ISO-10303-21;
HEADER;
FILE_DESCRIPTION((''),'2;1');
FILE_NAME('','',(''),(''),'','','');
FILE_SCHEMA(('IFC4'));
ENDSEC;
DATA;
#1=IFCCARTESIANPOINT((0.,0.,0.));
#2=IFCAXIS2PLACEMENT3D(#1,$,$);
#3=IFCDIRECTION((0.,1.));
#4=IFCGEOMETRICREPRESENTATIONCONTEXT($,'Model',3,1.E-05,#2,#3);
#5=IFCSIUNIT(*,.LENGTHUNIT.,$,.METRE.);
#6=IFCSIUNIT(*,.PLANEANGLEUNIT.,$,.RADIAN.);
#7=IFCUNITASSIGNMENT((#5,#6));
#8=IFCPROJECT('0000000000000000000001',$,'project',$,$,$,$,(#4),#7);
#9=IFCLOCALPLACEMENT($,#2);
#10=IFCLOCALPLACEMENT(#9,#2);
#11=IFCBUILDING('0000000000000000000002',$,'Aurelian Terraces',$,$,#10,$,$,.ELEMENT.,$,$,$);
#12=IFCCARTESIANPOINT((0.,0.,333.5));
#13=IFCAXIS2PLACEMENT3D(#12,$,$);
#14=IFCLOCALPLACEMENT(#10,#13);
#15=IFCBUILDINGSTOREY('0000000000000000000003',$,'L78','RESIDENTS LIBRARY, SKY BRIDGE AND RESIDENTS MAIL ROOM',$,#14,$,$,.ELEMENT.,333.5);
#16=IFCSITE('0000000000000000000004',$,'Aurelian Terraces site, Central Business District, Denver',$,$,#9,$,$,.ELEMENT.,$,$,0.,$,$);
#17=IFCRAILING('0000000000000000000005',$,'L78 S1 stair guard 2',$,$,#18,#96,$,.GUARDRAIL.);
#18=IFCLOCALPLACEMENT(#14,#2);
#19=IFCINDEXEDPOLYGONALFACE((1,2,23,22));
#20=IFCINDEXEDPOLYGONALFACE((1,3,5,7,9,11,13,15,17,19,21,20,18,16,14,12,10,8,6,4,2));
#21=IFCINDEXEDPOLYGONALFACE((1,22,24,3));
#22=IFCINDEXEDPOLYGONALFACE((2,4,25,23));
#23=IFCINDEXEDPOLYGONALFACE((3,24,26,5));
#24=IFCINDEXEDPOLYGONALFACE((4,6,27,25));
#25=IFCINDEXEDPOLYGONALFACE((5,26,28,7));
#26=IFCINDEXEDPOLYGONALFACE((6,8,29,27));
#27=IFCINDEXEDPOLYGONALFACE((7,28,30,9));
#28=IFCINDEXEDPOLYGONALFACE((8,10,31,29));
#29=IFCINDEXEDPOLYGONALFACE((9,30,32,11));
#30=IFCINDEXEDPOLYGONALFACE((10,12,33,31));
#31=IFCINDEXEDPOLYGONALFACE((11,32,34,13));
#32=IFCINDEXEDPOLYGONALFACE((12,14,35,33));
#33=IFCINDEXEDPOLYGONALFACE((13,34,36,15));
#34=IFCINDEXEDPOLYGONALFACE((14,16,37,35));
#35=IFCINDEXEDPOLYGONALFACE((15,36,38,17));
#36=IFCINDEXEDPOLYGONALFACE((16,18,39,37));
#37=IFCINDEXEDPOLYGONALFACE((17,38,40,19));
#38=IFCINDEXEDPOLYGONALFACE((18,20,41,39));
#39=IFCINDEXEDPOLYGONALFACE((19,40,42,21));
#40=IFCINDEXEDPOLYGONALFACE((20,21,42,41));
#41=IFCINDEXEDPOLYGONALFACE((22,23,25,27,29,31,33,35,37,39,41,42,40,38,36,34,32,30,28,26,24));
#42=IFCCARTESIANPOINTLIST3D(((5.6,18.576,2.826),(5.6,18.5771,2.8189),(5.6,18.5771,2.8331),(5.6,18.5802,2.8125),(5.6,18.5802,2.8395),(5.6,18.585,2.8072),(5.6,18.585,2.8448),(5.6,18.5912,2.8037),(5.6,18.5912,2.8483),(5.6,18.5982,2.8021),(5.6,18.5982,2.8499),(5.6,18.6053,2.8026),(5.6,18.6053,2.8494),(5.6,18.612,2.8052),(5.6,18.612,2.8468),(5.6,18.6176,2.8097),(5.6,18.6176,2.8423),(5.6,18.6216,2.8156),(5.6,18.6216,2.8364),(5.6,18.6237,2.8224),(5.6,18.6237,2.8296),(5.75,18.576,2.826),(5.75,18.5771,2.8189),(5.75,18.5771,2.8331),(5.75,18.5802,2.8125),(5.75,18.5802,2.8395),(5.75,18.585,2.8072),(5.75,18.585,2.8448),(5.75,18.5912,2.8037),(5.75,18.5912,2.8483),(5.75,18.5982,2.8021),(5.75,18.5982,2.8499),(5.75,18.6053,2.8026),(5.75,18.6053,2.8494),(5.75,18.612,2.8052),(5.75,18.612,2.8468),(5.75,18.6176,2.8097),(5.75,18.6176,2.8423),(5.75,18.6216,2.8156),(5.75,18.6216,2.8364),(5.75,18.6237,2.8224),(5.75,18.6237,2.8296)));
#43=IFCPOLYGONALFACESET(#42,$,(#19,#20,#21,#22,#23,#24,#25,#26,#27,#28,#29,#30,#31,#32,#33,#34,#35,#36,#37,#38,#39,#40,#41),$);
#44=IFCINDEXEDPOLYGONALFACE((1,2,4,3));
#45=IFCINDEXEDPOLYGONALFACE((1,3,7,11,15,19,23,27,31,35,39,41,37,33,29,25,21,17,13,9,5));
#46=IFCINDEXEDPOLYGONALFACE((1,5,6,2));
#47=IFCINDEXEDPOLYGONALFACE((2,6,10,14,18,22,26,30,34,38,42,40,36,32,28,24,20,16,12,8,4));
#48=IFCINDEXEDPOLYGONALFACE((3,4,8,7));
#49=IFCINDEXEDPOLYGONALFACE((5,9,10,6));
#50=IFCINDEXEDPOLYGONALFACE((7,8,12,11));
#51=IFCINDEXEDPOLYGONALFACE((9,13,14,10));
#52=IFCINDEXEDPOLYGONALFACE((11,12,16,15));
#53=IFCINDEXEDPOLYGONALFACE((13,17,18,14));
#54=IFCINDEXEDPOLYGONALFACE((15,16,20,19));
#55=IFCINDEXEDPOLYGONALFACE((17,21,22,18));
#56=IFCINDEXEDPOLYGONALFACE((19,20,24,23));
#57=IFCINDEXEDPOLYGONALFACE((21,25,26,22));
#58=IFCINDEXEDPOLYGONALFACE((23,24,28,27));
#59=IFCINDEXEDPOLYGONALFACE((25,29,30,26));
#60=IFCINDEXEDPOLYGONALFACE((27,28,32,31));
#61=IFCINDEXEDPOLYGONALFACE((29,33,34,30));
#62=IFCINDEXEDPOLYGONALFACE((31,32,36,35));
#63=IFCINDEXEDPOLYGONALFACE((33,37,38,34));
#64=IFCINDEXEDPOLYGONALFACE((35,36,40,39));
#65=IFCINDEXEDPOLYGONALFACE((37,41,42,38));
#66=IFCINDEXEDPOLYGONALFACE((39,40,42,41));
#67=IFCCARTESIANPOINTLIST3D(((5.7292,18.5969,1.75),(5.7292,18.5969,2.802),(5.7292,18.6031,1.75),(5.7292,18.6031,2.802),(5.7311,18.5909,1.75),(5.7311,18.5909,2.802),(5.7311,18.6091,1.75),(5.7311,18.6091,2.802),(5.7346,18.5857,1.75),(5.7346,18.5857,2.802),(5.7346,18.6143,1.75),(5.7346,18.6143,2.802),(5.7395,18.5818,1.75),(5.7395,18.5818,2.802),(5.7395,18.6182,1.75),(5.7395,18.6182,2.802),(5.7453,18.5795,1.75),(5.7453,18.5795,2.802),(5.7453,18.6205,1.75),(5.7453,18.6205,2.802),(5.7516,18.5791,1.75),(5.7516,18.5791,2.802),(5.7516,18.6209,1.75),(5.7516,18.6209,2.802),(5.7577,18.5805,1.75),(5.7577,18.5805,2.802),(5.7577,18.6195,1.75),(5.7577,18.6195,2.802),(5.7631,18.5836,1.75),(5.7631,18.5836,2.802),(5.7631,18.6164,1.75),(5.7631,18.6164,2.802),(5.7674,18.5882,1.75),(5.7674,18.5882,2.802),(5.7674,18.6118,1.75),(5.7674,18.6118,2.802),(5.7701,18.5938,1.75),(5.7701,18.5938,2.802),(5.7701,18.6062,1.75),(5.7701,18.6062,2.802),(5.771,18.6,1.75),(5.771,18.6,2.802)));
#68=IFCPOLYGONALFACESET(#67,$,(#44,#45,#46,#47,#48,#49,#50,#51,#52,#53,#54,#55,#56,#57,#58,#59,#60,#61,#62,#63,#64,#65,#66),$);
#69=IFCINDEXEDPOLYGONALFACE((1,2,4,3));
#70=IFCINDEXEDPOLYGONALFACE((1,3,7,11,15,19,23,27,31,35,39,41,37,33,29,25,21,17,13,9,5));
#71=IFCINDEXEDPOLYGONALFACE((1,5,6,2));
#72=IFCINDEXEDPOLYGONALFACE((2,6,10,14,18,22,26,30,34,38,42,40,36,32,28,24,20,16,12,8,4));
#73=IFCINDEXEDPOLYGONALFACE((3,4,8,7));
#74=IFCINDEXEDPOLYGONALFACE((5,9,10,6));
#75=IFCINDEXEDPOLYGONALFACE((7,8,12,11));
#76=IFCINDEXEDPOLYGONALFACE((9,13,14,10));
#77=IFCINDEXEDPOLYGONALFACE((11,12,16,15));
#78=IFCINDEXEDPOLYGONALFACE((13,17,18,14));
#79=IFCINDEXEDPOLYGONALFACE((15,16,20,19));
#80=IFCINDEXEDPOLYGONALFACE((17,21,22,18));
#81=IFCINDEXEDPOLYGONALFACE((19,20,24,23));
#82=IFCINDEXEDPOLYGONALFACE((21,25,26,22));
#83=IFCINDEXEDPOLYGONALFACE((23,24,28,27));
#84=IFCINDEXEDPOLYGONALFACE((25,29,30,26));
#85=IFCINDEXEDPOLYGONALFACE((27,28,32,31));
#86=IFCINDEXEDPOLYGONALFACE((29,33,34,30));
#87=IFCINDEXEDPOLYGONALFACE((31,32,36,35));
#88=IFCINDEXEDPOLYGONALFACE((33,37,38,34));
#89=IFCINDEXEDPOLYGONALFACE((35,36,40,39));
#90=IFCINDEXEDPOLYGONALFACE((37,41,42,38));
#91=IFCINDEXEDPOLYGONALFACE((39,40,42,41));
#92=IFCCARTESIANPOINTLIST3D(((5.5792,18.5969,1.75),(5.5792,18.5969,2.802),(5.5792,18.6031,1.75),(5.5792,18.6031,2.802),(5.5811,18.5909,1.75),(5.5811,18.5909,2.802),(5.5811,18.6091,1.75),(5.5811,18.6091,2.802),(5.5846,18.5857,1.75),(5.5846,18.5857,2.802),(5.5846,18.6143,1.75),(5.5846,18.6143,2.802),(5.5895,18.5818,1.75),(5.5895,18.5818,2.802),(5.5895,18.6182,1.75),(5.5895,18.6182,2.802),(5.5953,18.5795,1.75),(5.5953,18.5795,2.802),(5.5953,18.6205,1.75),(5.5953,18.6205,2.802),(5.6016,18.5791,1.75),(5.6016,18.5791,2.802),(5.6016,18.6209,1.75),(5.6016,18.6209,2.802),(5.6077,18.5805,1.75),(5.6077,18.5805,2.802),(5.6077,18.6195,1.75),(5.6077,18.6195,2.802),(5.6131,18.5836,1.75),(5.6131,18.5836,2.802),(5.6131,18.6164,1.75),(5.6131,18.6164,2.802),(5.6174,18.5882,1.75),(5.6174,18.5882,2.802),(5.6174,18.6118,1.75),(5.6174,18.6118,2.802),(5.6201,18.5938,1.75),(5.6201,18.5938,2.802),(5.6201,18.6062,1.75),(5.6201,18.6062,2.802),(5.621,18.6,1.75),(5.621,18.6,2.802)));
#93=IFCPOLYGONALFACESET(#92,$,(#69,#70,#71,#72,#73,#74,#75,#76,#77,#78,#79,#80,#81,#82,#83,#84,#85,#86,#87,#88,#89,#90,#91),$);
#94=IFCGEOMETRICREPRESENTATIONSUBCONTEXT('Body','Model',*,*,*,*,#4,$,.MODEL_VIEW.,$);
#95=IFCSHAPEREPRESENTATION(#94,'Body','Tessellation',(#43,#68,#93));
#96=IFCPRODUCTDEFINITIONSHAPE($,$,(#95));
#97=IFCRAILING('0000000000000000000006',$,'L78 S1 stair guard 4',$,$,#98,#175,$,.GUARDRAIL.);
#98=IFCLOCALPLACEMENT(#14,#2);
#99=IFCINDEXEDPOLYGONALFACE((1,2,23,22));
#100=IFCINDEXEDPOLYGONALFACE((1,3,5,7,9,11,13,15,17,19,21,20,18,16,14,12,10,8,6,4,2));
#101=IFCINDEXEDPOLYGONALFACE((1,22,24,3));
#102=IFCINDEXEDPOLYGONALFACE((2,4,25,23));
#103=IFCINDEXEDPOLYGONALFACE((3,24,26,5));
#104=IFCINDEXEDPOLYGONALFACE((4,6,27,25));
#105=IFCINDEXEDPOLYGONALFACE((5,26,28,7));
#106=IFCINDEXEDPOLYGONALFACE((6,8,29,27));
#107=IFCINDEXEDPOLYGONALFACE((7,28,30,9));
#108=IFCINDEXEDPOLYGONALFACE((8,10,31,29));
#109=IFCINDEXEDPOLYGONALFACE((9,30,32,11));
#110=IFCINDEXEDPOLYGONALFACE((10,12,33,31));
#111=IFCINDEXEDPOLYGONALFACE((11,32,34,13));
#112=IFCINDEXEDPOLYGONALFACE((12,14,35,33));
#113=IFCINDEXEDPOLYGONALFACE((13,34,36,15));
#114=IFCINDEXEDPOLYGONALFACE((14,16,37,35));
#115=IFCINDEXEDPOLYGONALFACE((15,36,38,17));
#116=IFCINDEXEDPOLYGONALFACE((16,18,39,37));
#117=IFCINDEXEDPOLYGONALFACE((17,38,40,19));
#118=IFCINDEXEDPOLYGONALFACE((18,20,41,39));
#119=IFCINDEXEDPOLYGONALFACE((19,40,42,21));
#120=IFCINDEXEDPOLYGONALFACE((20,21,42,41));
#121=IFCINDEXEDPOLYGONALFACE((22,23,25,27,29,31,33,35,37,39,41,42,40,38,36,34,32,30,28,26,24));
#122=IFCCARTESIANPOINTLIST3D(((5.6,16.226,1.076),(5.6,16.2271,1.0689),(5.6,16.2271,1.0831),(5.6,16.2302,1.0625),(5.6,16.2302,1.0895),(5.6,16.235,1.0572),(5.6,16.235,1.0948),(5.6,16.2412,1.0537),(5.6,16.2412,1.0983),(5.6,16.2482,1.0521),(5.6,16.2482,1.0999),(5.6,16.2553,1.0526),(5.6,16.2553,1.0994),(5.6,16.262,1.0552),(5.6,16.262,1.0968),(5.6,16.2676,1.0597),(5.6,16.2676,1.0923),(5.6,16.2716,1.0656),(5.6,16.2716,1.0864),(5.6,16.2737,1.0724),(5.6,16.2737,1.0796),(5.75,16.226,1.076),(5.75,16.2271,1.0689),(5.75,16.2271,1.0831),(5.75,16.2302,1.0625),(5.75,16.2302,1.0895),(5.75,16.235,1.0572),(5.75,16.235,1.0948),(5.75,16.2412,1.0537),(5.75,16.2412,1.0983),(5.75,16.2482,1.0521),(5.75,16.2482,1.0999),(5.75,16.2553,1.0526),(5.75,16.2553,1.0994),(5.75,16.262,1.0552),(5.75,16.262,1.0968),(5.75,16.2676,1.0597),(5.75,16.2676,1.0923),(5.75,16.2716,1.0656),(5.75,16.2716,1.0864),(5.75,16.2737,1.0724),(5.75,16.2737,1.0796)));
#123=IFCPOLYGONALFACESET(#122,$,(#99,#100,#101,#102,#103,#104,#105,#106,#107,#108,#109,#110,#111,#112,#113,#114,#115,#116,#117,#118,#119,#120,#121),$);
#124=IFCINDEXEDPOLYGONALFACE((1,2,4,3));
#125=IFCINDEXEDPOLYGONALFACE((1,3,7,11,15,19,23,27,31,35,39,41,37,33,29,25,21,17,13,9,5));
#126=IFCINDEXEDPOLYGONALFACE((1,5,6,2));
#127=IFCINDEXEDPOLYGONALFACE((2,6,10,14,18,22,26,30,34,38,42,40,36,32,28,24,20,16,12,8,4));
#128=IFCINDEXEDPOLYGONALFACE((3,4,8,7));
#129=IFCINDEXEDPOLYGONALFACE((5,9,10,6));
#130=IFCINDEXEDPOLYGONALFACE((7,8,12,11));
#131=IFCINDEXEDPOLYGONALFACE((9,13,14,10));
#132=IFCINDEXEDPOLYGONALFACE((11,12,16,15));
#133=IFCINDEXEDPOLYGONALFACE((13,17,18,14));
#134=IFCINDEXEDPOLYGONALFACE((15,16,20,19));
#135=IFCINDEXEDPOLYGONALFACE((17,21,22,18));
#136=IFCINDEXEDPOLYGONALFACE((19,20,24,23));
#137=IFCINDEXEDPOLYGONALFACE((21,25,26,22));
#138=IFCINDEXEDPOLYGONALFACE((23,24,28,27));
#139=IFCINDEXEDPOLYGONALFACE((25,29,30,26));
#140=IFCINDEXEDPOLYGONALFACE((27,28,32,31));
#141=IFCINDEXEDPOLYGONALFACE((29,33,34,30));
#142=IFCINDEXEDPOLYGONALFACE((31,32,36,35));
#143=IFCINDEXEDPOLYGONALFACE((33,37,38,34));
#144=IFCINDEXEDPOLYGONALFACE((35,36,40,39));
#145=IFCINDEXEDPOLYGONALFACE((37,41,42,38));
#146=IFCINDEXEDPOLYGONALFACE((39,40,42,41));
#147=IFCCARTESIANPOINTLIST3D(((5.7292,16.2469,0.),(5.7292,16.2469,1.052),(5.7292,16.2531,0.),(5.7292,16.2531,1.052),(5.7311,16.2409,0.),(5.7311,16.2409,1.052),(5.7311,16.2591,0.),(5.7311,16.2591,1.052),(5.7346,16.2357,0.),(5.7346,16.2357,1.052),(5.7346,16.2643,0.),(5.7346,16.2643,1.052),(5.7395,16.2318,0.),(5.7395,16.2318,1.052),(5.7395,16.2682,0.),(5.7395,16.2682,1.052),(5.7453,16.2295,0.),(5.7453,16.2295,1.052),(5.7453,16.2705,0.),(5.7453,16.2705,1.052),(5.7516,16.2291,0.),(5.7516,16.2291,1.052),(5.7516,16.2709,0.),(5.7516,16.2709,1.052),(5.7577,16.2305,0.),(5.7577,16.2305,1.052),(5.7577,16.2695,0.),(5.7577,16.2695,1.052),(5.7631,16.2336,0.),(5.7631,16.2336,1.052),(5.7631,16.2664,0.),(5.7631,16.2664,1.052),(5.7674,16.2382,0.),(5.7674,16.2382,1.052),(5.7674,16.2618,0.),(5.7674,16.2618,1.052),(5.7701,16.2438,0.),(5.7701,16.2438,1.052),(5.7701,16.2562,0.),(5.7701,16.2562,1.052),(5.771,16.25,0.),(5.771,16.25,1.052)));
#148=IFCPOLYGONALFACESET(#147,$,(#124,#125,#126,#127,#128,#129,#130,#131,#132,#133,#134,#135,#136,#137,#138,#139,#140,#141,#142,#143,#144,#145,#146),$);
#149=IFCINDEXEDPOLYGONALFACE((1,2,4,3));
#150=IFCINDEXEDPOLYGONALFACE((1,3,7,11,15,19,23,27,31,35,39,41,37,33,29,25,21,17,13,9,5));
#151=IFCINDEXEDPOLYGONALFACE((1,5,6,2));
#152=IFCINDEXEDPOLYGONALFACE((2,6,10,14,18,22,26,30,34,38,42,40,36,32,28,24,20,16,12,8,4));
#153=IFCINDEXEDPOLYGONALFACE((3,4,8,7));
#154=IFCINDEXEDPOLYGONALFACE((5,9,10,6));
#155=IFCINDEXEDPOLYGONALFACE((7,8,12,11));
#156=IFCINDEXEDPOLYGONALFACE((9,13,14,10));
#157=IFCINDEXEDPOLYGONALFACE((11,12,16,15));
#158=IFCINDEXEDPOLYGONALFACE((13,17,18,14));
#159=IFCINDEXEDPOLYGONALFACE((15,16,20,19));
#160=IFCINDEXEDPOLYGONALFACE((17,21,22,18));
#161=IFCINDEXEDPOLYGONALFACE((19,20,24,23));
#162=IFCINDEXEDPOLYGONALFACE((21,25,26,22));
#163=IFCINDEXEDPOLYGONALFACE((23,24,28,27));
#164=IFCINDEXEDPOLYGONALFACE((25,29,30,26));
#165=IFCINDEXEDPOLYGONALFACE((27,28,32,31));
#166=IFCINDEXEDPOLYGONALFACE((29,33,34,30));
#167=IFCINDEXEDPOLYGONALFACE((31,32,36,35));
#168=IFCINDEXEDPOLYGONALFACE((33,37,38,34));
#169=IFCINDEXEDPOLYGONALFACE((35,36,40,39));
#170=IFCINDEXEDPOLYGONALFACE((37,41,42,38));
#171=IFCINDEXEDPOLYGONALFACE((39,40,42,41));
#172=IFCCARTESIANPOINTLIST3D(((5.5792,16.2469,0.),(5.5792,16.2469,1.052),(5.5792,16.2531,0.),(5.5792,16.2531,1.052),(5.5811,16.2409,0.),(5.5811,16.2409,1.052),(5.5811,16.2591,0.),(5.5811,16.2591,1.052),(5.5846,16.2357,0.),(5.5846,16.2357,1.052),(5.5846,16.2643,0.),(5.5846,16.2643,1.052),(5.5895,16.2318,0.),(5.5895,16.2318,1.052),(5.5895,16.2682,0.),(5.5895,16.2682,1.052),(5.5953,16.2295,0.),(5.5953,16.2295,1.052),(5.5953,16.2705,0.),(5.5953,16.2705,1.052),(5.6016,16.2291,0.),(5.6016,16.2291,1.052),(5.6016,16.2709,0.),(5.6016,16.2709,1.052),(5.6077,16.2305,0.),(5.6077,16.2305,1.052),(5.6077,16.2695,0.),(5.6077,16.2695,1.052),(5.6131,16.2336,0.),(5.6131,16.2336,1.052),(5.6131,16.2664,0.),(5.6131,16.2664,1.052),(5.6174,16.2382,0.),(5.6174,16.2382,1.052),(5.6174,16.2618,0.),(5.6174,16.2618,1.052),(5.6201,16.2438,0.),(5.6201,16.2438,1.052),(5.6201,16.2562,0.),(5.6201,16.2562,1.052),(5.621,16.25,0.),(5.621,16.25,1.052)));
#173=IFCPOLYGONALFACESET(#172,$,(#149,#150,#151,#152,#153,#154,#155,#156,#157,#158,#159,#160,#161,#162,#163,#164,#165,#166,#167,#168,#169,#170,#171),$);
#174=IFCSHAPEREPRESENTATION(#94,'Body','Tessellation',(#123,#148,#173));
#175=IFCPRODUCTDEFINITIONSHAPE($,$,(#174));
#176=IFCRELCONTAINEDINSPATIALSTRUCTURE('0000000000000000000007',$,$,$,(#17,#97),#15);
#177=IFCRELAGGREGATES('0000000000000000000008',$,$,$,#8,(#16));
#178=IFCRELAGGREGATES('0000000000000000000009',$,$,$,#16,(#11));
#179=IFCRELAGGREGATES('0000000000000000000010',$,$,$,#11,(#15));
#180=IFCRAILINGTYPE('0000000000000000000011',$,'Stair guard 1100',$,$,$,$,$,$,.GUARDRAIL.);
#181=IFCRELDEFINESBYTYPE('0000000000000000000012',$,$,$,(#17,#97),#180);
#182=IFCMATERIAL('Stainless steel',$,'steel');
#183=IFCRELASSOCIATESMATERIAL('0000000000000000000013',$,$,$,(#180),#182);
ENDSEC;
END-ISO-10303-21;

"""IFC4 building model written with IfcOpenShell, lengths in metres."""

from ifc_helpers import new_model, si_unit, direction, frame, origin, origin_2d, place, context, subcontext, project, spatial, circle, extrude, source, transform, mapped, material, type_object, element, save


model = new_model("IFC4")

# Units and contexts
model_context = context("Model", 3, precision=1e-05, world=origin(), true_north=direction((0.0, 1.0)))
body_context = subcontext(model_context, "Body", "Model", "MODEL_VIEW")
ifc_project = project(units=[si_unit("LENGTHUNIT", "METRE"), si_unit("PLANEANGLEUNIT", "RADIAN")], contexts=[model_context])

# Site, building, storey
site_placement = place(None, origin())
site = spatial("IfcSite", under=ifc_project, at=site_placement, Name="Aurelian Terraces site, Central Business District, Denver", CompositionType="ELEMENT", RefElevation=0.0)
building_placement = place(site_placement, origin())
building = spatial("IfcBuilding", under=site, at=building_placement, Name="Aurelian Terraces", CompositionType="ELEMENT")
storey_placement = place(building_placement, frame((0.0, 0.0, 333.5)))
storey = spatial("IfcBuildingStorey", under=building, at=storey_placement, Name="L78", Description="RESIDENTS LIBRARY, SKY BRIDGE AND RESIDENTS MAIL ROOM", CompositionType="ELEMENT", Elevation=333.5)

# Railings
ifc_material_1 = material(Name="Stainless steel", Category="steel")
railing_type_1 = type_object("IfcRailingType", Name="Stair guard 1100", PredefinedType="GUARDRAIL", material=ifc_material_1)
shared_shape_1 = source(origin(), body_context, "Body", "SweptSolid", [
    extrude(circle(Radius=0.024, at=origin_2d()), frame((0.0, 0.0, 1.076), z_axis=(-1.0, 0.0, 0.0), x_axis=(0.0, -1.0, 0.0)), (0.0, 0.0, 1.0), 0.15),
    extrude(circle(Radius=0.021, at=origin_2d()), origin(), (0.0, 0.0, 1.0), 1.052),
    extrude(circle(Radius=0.021, at=origin_2d()), frame((-0.15, 0.0, 0.0)), (0.0, 0.0, 1.0), 1.052),
])
for number, where, name in (
    (1, (5.75, 18.6, 1.75), "L78 S1 stair guard 2"),
    (2, (5.75, 16.25, 0.0), "L78 S1 stair guard 4"),
):
    element("IfcRailing", number, at=place(storey_placement, frame(where)), inside=storey, type_object=railing_type_1, Name=name, PredefinedType="GUARDRAIL", context=body_context, shape_type="MappedRepresentation", body=[
        mapped(shared_shape_1, transform((0.0, 0.0, 0.0), scale=1.0)),
    ])

save(model, "model.ifc")
